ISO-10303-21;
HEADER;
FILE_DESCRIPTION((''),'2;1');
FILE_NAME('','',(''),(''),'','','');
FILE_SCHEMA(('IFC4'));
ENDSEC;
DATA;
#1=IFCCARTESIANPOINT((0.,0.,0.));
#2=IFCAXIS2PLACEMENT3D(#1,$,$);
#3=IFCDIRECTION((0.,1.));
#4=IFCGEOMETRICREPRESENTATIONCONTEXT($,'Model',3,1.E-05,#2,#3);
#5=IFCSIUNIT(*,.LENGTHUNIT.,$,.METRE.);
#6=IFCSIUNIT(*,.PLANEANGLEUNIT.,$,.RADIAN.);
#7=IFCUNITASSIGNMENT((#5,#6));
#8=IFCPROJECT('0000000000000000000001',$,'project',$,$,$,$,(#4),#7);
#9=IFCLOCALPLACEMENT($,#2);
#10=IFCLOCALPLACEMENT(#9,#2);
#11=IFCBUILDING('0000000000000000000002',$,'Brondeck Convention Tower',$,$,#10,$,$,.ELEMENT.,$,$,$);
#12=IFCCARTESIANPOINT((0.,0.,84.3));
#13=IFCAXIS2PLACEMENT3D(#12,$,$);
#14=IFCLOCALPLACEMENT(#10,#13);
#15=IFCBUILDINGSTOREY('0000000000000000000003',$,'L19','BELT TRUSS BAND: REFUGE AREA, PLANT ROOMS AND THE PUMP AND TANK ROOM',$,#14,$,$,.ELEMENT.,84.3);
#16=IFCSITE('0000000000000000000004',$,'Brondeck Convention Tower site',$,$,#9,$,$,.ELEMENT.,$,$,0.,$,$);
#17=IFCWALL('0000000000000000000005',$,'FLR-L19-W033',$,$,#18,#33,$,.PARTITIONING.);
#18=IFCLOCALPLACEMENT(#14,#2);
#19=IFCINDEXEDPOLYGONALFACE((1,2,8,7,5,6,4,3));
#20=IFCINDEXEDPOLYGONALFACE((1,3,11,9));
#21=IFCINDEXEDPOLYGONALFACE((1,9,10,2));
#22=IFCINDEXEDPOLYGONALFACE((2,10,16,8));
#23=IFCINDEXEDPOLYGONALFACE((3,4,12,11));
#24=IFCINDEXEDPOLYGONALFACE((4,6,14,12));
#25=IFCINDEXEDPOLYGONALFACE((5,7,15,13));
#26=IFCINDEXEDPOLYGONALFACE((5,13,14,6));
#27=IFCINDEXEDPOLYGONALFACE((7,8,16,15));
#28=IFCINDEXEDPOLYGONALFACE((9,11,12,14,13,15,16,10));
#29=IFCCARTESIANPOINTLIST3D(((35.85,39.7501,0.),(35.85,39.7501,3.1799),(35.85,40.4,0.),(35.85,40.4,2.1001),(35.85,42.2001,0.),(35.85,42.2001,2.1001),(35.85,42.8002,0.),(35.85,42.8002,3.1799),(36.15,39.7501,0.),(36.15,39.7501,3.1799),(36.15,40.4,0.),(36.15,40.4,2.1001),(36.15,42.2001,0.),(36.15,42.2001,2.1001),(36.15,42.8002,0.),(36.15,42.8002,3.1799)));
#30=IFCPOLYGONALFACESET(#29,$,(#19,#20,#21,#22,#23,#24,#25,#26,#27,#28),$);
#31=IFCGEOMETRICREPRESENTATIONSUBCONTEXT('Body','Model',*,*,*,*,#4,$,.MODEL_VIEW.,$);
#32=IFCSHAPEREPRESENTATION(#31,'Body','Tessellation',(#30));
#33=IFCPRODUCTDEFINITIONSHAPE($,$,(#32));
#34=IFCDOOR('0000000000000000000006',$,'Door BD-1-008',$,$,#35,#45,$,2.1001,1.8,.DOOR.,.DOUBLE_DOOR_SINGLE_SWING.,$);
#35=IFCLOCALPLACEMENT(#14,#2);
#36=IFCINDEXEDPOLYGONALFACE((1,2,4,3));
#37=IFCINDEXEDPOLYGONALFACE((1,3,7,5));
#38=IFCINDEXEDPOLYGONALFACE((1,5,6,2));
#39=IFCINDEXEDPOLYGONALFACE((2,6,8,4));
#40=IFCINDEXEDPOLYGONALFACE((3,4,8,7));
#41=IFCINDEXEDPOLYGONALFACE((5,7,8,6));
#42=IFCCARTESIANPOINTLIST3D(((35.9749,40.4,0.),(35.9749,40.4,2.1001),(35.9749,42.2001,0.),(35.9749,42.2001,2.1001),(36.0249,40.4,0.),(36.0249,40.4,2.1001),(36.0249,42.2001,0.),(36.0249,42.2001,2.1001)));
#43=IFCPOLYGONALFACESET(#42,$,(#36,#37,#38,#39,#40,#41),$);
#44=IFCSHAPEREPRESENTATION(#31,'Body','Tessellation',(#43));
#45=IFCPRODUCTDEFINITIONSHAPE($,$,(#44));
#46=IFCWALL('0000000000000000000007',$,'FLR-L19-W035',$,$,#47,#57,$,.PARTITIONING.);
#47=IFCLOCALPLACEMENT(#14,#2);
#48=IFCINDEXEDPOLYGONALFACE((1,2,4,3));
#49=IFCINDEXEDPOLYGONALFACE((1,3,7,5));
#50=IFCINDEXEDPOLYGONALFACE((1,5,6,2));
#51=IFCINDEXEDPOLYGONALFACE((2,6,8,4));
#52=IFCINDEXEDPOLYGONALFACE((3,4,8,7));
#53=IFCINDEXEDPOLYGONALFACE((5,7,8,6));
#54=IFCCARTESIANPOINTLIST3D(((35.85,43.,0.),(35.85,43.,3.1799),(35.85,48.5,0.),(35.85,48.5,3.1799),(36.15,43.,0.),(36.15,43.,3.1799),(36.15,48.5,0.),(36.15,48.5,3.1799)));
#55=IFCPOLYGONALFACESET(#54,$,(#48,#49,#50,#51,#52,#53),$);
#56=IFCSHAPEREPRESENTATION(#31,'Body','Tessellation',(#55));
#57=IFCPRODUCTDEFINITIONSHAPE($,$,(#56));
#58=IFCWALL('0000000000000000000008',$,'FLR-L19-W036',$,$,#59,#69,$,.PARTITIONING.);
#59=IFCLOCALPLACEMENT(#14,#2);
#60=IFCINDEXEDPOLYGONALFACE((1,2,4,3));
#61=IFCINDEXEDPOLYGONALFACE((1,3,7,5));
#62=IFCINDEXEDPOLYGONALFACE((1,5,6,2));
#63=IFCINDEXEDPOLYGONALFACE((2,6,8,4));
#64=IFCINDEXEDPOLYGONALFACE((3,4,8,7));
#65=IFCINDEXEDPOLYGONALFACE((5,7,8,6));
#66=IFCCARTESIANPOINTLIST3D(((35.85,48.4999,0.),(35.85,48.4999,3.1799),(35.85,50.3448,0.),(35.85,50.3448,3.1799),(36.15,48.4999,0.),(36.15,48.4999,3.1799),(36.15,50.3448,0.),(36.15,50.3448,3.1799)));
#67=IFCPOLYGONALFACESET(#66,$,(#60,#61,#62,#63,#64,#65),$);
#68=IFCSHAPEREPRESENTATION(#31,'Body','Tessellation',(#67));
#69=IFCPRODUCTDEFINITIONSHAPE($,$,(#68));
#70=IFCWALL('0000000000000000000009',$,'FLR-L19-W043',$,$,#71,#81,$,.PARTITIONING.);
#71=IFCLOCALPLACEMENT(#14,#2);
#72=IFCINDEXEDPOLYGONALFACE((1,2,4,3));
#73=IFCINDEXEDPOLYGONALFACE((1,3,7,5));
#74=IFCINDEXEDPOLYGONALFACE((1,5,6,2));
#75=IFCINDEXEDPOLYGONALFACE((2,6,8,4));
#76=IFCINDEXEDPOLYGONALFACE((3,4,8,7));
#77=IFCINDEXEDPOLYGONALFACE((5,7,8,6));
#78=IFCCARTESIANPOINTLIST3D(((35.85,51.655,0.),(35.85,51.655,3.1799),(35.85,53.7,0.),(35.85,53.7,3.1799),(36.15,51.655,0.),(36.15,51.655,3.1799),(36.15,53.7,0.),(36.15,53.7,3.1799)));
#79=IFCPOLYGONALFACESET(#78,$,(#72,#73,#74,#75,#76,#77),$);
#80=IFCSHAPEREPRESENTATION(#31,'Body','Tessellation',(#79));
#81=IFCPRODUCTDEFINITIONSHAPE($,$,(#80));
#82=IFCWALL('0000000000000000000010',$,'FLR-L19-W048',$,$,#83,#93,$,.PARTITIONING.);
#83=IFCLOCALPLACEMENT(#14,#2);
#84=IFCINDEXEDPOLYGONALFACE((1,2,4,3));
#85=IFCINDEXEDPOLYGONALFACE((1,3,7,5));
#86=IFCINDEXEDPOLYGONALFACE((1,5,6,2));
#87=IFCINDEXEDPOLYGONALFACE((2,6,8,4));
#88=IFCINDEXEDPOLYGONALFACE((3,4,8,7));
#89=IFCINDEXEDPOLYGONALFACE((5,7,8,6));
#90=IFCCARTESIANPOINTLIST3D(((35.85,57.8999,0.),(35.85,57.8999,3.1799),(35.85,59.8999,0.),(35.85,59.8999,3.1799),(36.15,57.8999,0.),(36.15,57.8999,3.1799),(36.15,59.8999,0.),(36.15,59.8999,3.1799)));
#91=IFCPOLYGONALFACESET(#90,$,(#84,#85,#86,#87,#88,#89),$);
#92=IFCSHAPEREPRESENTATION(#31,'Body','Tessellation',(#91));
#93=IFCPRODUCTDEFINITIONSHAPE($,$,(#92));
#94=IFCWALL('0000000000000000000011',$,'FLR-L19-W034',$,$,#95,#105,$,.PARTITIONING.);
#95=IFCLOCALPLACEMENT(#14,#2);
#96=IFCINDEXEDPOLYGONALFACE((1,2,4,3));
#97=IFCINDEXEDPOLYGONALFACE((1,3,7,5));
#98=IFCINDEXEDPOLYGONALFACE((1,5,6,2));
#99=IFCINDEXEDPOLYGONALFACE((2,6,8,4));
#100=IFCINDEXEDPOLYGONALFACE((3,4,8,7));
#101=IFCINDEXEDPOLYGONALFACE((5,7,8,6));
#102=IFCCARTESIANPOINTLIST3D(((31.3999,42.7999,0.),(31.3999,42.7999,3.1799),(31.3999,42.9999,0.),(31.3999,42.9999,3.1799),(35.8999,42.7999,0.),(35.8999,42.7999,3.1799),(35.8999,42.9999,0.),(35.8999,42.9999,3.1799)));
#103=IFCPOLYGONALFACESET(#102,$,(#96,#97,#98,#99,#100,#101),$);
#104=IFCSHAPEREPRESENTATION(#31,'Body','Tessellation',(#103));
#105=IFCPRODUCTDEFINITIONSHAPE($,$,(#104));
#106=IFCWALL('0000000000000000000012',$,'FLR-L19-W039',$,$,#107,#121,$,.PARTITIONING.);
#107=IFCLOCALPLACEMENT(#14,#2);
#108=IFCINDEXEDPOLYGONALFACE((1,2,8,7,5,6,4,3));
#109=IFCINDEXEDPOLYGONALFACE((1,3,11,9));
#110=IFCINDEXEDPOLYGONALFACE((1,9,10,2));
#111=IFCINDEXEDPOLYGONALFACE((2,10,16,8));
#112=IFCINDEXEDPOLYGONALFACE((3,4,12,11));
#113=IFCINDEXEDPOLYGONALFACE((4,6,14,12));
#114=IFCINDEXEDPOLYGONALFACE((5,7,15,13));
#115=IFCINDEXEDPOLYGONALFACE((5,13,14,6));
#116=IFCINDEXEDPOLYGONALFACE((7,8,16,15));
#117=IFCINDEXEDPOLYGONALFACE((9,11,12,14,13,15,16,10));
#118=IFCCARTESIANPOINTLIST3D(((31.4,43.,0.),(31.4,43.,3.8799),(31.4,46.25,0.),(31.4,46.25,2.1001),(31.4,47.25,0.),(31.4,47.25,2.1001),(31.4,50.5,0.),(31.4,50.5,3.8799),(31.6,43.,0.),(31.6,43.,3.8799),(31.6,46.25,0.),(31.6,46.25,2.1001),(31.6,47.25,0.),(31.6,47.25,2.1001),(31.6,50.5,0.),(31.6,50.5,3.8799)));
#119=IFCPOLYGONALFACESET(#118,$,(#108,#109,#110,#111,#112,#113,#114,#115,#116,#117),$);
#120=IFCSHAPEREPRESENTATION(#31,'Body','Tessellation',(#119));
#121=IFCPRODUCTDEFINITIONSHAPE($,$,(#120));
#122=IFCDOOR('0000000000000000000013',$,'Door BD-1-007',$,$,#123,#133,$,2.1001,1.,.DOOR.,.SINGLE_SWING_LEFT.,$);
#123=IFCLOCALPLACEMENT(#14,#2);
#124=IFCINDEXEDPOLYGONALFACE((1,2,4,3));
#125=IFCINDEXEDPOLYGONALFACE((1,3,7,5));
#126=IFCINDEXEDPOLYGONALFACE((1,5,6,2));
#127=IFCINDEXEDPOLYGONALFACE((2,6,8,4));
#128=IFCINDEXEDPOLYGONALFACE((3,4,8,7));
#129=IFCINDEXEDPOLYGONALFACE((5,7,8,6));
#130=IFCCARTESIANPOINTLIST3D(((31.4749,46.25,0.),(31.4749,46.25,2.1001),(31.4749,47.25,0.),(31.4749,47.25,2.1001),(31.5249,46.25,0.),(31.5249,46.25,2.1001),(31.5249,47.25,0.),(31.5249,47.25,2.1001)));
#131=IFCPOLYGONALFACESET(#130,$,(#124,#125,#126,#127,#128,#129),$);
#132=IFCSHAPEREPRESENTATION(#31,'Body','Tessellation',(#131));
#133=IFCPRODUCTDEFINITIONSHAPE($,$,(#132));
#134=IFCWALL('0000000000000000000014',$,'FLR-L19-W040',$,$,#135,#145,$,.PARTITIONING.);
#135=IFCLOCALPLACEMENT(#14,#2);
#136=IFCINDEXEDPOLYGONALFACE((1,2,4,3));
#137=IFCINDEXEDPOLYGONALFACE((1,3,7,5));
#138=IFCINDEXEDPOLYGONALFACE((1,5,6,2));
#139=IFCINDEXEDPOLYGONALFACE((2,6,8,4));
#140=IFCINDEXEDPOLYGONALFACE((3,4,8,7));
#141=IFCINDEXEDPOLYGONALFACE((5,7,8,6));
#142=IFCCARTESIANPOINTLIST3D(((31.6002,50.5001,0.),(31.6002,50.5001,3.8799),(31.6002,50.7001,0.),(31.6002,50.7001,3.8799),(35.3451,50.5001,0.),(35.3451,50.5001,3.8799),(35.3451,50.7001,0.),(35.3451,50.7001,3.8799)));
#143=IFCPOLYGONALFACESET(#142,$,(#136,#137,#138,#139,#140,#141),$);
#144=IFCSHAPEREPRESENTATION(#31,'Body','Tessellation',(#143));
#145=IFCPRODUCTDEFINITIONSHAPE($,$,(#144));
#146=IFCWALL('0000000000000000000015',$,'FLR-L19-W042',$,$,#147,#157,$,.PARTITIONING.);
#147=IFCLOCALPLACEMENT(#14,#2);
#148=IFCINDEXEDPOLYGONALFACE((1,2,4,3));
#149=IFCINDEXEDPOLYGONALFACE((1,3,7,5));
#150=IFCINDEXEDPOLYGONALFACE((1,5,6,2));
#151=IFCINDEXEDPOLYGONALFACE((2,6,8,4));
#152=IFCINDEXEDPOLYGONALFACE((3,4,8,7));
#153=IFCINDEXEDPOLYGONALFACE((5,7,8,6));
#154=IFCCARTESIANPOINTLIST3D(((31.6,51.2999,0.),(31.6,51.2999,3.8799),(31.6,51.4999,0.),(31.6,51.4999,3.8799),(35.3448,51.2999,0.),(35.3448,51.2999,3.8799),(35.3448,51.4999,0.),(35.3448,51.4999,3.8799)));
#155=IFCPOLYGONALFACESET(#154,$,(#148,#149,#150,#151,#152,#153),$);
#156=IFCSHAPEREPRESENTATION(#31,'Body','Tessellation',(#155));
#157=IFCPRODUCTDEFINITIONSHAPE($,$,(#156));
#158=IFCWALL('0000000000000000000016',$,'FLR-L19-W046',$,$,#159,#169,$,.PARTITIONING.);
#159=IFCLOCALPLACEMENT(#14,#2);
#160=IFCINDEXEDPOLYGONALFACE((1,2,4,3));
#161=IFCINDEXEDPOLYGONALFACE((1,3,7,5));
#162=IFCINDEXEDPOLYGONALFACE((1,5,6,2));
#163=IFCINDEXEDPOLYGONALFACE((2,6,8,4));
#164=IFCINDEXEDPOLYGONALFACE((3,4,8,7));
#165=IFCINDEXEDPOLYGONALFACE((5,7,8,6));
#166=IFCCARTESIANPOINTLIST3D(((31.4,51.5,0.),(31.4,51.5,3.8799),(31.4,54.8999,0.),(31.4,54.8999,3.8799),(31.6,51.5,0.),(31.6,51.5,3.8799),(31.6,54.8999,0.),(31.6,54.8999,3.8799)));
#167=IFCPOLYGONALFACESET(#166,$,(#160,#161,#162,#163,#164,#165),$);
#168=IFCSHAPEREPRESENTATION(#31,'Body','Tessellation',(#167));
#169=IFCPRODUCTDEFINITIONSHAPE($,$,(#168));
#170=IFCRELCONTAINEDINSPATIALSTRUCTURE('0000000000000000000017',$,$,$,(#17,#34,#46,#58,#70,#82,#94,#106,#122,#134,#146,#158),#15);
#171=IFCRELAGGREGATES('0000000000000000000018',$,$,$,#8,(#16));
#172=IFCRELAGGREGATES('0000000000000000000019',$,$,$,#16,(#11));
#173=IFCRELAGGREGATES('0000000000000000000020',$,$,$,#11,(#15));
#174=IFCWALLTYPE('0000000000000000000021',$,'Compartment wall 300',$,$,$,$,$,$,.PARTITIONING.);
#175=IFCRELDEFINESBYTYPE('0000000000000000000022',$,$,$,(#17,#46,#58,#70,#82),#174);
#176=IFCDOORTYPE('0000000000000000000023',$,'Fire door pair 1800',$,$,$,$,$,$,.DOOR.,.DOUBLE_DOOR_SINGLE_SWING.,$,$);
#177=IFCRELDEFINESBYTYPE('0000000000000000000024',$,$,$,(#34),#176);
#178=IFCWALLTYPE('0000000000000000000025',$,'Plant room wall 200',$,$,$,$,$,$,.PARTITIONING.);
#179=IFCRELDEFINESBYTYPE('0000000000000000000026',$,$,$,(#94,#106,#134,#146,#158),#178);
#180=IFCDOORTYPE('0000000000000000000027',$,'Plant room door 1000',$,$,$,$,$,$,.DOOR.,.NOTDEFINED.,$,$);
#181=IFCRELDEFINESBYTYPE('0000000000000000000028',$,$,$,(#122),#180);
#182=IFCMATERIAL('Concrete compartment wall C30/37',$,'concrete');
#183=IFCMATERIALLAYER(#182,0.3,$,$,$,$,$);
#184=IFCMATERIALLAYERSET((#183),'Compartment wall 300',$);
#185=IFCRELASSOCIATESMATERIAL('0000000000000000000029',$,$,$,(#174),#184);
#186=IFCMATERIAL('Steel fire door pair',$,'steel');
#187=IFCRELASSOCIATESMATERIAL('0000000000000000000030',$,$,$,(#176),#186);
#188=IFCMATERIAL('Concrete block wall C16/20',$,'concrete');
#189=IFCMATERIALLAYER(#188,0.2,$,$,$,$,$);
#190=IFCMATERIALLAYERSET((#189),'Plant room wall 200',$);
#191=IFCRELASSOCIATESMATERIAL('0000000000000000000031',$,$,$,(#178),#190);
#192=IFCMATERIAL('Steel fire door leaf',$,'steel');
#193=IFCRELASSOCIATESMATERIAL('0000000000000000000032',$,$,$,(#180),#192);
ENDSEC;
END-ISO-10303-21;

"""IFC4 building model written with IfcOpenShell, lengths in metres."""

from ifc_helpers import new_model, si_unit, direction, frame, frame_2d, origin, place, context, subcontext, project, spatial, rectangle, extrude, material, layer, layer_set, type_object, element, fill, save


model = new_model("IFC4")

# Units and contexts
model_context = context("Model", 3, precision=1e-05, world=origin(), true_north=direction((0.0, 1.0)))
body_context = subcontext(model_context, "Body", "Model", "MODEL_VIEW")
ifc_project = project(units=[si_unit("LENGTHUNIT", "METRE"), si_unit("PLANEANGLEUNIT", "RADIAN")], contexts=[model_context])

# Site, building, storey
site_placement = place(None, origin())
site = spatial("IfcSite", under=ifc_project, at=site_placement, Name="Brondeck Convention Tower site", CompositionType="ELEMENT", RefElevation=0.0)
building_placement = place(site_placement, origin())
building = spatial("IfcBuilding", under=site, at=building_placement, Name="Brondeck Convention Tower", CompositionType="ELEMENT")
storey_placement = place(building_placement, frame((0.0, 0.0, 84.3)))
storey = spatial("IfcBuildingStorey", under=building, at=storey_placement, Name="L19", Description="BELT TRUSS BAND: REFUGE AREA, PLANT ROOMS AND THE PUMP AND TANK ROOM", CompositionType="ELEMENT", Elevation=84.3)

# Wall, opening, door
ifc_material_1 = material(Name="Concrete compartment wall C30/37", Category="concrete")
ifc_layer_1 = layer(ifc_material_1, 0.3)
ifc_layer_set_1 = layer_set([ifc_layer_1], Name="Compartment wall 300")
wall_type_1 = type_object("IfcWallType", Name="Compartment wall 300", PredefinedType="PARTITIONING", material=ifc_layer_set_1)
wall_1_placement = place(storey_placement, frame((36.0, 42.8, 0.0), z_axis=(0.0, 0.0, 1.0), x_axis=(0.0, -1.0, 0.0)))
wall_1 = element("IfcWall", 1, at=wall_1_placement, inside=storey, type_object=wall_type_1, Name="FLR-L19-W033", PredefinedType="PARTITIONING", context=body_context, shape_type="SweptSolid", body=[
    extrude(rectangle(XDim=3.05, YDim=0.3, at=frame_2d((1.5249, 0.0))), origin(), (0.0, 0.0, 1.0), 3.1799),
])
opening_1_placement = place(wall_1_placement, frame((0.6001, 0.0, 0.0)))
opening_1 = element("IfcOpeningElement", 2, at=opening_1_placement, cuts=wall_1, PredefinedType="OPENING", context=body_context, shape_type="SweptSolid", body=[
    extrude(rectangle(XDim=1.8, YDim=2.1001, at=frame_2d((0.8999, 1.05))), frame((0.0, 0.1599, 0.0), z_axis=(0.0, -1.0, 0.0), x_axis=(1.0, 0.0, 0.0)), (0.0, 0.0, 1.0), 0.3201),
])
ifc_material_2 = material(Name="Steel fire door pair", Category="steel")
door_type_1 = type_object("IfcDoorType", Name="Fire door pair 1800", OperationType="DOUBLE_DOOR_SINGLE_SWING", PredefinedType="DOOR", material=ifc_material_2)
door_1_placement = place(opening_1_placement, origin())
door_1 = element("IfcDoor", 3, at=door_1_placement, inside=storey, type_object=door_type_1, Name="Door BD-1-008", OperationType="DOUBLE_DOOR_SINGLE_SWING", OverallHeight=2.1001, OverallWidth=1.8, PredefinedType="DOOR", context=body_context, shape_type="SweptSolid", body=[
    extrude(rectangle(XDim=1.8, YDim=2.1001, at=frame_2d((0.8999, 1.05))), frame((0.0, 0.0249, 0.0), z_axis=(0.0, -1.0, 0.0), x_axis=(1.0, 0.0, 0.0)), (0.0, 0.0, 1.0), 0.05),
])
fill(opening_1, door_1)

# Walls
wall_2_placement = place(storey_placement, frame((36.0, 48.5, 0.0), z_axis=(0.0, 0.0, 1.0), x_axis=(0.0, -1.0, 0.0)))
element("IfcWall", 4, at=wall_2_placement, inside=storey, type_object=wall_type_1, Name="FLR-L19-W035", PredefinedType="PARTITIONING", context=body_context, shape_type="SweptSolid", body=[
    extrude(rectangle(XDim=5.5, YDim=0.3, at=frame_2d((2.75, 0.0))), origin(), (0.0, 0.0, 1.0), 3.1799),
])
wall_3_placement = place(storey_placement, frame((36.0, 48.5, 0.0), z_axis=(0.0, 0.0, 1.0), x_axis=(0.0, 1.0, 0.0)))
element("IfcWall", 5, at=wall_3_placement, inside=storey, type_object=wall_type_1, Name="FLR-L19-W036", PredefinedType="PARTITIONING", context=body_context, shape_type="SweptSolid", body=[
    extrude(rectangle(XDim=1.845, YDim=0.3, at=frame_2d((0.9224, 0.0))), origin(), (0.0, 0.0, 1.0), 3.1799),
])
wall_4_placement = place(storey_placement, frame((36.0, 51.655, 0.0), z_axis=(0.0, 0.0, 1.0), x_axis=(0.0, 1.0, 0.0)))
element("IfcWall", 6, at=wall_4_placement, inside=storey, type_object=wall_type_1, Name="FLR-L19-W043", PredefinedType="PARTITIONING", context=body_context, shape_type="SweptSolid", body=[
    extrude(rectangle(XDim=2.0449, YDim=0.3, at=frame_2d((1.0225, 0.0))), origin(), (0.0, 0.0, 1.0), 3.1799),
])
wall_5_placement = place(storey_placement, frame((36.0, 59.8999, 0.0), z_axis=(0.0, 0.0, 1.0), x_axis=(0.0, -1.0, 0.0)))
element("IfcWall", 7, at=wall_5_placement, inside=storey, type_object=wall_type_1, Name="FLR-L19-W048", PredefinedType="PARTITIONING", context=body_context, shape_type="SweptSolid", body=[
    extrude(rectangle(XDim=2.0, YDim=0.3, at=frame_2d((1.0, 0.0))), origin(), (0.0, 0.0, 1.0), 3.1799),
])
ifc_material_3 = material(Name="Concrete block wall C16/20", Category="concrete")
ifc_layer_2 = layer(ifc_material_3, 0.2)
ifc_layer_set_2 = layer_set([ifc_layer_2], Name="Plant room wall 200")
wall_type_2 = type_object("IfcWallType", Name="Plant room wall 200", PredefinedType="PARTITIONING", material=ifc_layer_set_2)
wall_6_placement = place(storey_placement, frame((31.3999, 42.8999, 0.0), z_axis=(0.0, 0.0, 1.0), x_axis=(1.0, 0.0, 0.0)))
element("IfcWall", 8, at=wall_6_placement, inside=storey, type_object=wall_type_2, Name="FLR-L19-W034", PredefinedType="PARTITIONING", context=body_context, shape_type="SweptSolid", body=[
    extrude(rectangle(XDim=4.5, YDim=0.2, at=frame_2d((2.25, 0.0))), origin(), (0.0, 0.0, 1.0), 3.1799),
])

# Wall, opening, door
wall_7_placement = place(storey_placement, frame((31.5, 50.5, 0.0), z_axis=(0.0, 0.0, 1.0), x_axis=(0.0, -1.0, 0.0)))
wall_7 = element("IfcWall", 9, at=wall_7_placement, inside=storey, type_object=wall_type_2, Name="FLR-L19-W039", PredefinedType="PARTITIONING", context=body_context, shape_type="SweptSolid", body=[
    extrude(rectangle(XDim=7.5, YDim=0.2, at=frame_2d((3.75, 0.0))), origin(), (0.0, 0.0, 1.0), 3.8799),
])
opening_2_placement = place(wall_7_placement, frame((3.25, 0.0, 0.0)))
opening_2 = element("IfcOpeningElement", 10, at=opening_2_placement, cuts=wall_7, PredefinedType="OPENING", context=body_context, shape_type="SweptSolid", body=[
    extrude(rectangle(XDim=1.0, YDim=2.1001, at=frame_2d((0.5, 1.05))), frame((0.0, 0.1099, 0.0), z_axis=(0.0, -1.0, 0.0), x_axis=(1.0, 0.0, 0.0)), (0.0, 0.0, 1.0), 0.22),
])
ifc_material_4 = material(Name="Steel fire door leaf", Category="steel")
door_type_2 = type_object("IfcDoorType", Name="Plant room door 1000", OperationType="NOTDEFINED", PredefinedType="DOOR", material=ifc_material_4)
door_2_placement = place(opening_2_placement, origin())
door_2 = element("IfcDoor", 11, at=door_2_placement, inside=storey, type_object=door_type_2, Name="Door BD-1-007", OperationType="SINGLE_SWING_LEFT", OverallHeight=2.1001, OverallWidth=1.0, PredefinedType="DOOR", context=body_context, shape_type="SweptSolid", body=[
    extrude(rectangle(XDim=1.0, YDim=2.1001, at=frame_2d((0.5, 1.05))), frame((0.0, 0.0249, 0.0), z_axis=(0.0, -1.0, 0.0), x_axis=(1.0, 0.0, 0.0)), (0.0, 0.0, 1.0), 0.05),
])
fill(opening_2, door_2)

# Walls
for number, where, z_axis, x_axis, name in (
    (12, (31.6001, 50.6001, 0.0), (0.0, 0.0, 1.0), (1.0, 0.0, 0.0), "FLR-L19-W040"),
    (13, (35.345, 51.3999, 0.0), (0.0, 0.0, 1.0), (-1.0, 0.0, 0.0), "FLR-L19-W042"),
):
    element("IfcWall", number, at=place(storey_placement, frame(where, z_axis=z_axis, x_axis=x_axis)), inside=storey, type_object=wall_type_2, Name=name, PredefinedType="PARTITIONING", context=body_context, shape_type="SweptSolid", body=[
        extrude(rectangle(XDim=3.7449, YDim=0.2, at=frame_2d((1.8726, 0.0))), origin(), (0.0, 0.0, 1.0), 3.8799),
    ])
wall_8_placement = place(storey_placement, frame((31.5, 54.8999, 0.0), z_axis=(0.0, 0.0, 1.0), x_axis=(0.0, -1.0, 0.0)))
element("IfcWall", 14, at=wall_8_placement, inside=storey, type_object=wall_type_2, Name="FLR-L19-W046", PredefinedType="PARTITIONING", context=body_context, shape_type="SweptSolid", body=[
    extrude(rectangle(XDim=3.3999, YDim=0.2, at=frame_2d((1.7, 0.0))), origin(), (0.0, 0.0, 1.0), 3.8799),
])

save(model, "model.ifc")
